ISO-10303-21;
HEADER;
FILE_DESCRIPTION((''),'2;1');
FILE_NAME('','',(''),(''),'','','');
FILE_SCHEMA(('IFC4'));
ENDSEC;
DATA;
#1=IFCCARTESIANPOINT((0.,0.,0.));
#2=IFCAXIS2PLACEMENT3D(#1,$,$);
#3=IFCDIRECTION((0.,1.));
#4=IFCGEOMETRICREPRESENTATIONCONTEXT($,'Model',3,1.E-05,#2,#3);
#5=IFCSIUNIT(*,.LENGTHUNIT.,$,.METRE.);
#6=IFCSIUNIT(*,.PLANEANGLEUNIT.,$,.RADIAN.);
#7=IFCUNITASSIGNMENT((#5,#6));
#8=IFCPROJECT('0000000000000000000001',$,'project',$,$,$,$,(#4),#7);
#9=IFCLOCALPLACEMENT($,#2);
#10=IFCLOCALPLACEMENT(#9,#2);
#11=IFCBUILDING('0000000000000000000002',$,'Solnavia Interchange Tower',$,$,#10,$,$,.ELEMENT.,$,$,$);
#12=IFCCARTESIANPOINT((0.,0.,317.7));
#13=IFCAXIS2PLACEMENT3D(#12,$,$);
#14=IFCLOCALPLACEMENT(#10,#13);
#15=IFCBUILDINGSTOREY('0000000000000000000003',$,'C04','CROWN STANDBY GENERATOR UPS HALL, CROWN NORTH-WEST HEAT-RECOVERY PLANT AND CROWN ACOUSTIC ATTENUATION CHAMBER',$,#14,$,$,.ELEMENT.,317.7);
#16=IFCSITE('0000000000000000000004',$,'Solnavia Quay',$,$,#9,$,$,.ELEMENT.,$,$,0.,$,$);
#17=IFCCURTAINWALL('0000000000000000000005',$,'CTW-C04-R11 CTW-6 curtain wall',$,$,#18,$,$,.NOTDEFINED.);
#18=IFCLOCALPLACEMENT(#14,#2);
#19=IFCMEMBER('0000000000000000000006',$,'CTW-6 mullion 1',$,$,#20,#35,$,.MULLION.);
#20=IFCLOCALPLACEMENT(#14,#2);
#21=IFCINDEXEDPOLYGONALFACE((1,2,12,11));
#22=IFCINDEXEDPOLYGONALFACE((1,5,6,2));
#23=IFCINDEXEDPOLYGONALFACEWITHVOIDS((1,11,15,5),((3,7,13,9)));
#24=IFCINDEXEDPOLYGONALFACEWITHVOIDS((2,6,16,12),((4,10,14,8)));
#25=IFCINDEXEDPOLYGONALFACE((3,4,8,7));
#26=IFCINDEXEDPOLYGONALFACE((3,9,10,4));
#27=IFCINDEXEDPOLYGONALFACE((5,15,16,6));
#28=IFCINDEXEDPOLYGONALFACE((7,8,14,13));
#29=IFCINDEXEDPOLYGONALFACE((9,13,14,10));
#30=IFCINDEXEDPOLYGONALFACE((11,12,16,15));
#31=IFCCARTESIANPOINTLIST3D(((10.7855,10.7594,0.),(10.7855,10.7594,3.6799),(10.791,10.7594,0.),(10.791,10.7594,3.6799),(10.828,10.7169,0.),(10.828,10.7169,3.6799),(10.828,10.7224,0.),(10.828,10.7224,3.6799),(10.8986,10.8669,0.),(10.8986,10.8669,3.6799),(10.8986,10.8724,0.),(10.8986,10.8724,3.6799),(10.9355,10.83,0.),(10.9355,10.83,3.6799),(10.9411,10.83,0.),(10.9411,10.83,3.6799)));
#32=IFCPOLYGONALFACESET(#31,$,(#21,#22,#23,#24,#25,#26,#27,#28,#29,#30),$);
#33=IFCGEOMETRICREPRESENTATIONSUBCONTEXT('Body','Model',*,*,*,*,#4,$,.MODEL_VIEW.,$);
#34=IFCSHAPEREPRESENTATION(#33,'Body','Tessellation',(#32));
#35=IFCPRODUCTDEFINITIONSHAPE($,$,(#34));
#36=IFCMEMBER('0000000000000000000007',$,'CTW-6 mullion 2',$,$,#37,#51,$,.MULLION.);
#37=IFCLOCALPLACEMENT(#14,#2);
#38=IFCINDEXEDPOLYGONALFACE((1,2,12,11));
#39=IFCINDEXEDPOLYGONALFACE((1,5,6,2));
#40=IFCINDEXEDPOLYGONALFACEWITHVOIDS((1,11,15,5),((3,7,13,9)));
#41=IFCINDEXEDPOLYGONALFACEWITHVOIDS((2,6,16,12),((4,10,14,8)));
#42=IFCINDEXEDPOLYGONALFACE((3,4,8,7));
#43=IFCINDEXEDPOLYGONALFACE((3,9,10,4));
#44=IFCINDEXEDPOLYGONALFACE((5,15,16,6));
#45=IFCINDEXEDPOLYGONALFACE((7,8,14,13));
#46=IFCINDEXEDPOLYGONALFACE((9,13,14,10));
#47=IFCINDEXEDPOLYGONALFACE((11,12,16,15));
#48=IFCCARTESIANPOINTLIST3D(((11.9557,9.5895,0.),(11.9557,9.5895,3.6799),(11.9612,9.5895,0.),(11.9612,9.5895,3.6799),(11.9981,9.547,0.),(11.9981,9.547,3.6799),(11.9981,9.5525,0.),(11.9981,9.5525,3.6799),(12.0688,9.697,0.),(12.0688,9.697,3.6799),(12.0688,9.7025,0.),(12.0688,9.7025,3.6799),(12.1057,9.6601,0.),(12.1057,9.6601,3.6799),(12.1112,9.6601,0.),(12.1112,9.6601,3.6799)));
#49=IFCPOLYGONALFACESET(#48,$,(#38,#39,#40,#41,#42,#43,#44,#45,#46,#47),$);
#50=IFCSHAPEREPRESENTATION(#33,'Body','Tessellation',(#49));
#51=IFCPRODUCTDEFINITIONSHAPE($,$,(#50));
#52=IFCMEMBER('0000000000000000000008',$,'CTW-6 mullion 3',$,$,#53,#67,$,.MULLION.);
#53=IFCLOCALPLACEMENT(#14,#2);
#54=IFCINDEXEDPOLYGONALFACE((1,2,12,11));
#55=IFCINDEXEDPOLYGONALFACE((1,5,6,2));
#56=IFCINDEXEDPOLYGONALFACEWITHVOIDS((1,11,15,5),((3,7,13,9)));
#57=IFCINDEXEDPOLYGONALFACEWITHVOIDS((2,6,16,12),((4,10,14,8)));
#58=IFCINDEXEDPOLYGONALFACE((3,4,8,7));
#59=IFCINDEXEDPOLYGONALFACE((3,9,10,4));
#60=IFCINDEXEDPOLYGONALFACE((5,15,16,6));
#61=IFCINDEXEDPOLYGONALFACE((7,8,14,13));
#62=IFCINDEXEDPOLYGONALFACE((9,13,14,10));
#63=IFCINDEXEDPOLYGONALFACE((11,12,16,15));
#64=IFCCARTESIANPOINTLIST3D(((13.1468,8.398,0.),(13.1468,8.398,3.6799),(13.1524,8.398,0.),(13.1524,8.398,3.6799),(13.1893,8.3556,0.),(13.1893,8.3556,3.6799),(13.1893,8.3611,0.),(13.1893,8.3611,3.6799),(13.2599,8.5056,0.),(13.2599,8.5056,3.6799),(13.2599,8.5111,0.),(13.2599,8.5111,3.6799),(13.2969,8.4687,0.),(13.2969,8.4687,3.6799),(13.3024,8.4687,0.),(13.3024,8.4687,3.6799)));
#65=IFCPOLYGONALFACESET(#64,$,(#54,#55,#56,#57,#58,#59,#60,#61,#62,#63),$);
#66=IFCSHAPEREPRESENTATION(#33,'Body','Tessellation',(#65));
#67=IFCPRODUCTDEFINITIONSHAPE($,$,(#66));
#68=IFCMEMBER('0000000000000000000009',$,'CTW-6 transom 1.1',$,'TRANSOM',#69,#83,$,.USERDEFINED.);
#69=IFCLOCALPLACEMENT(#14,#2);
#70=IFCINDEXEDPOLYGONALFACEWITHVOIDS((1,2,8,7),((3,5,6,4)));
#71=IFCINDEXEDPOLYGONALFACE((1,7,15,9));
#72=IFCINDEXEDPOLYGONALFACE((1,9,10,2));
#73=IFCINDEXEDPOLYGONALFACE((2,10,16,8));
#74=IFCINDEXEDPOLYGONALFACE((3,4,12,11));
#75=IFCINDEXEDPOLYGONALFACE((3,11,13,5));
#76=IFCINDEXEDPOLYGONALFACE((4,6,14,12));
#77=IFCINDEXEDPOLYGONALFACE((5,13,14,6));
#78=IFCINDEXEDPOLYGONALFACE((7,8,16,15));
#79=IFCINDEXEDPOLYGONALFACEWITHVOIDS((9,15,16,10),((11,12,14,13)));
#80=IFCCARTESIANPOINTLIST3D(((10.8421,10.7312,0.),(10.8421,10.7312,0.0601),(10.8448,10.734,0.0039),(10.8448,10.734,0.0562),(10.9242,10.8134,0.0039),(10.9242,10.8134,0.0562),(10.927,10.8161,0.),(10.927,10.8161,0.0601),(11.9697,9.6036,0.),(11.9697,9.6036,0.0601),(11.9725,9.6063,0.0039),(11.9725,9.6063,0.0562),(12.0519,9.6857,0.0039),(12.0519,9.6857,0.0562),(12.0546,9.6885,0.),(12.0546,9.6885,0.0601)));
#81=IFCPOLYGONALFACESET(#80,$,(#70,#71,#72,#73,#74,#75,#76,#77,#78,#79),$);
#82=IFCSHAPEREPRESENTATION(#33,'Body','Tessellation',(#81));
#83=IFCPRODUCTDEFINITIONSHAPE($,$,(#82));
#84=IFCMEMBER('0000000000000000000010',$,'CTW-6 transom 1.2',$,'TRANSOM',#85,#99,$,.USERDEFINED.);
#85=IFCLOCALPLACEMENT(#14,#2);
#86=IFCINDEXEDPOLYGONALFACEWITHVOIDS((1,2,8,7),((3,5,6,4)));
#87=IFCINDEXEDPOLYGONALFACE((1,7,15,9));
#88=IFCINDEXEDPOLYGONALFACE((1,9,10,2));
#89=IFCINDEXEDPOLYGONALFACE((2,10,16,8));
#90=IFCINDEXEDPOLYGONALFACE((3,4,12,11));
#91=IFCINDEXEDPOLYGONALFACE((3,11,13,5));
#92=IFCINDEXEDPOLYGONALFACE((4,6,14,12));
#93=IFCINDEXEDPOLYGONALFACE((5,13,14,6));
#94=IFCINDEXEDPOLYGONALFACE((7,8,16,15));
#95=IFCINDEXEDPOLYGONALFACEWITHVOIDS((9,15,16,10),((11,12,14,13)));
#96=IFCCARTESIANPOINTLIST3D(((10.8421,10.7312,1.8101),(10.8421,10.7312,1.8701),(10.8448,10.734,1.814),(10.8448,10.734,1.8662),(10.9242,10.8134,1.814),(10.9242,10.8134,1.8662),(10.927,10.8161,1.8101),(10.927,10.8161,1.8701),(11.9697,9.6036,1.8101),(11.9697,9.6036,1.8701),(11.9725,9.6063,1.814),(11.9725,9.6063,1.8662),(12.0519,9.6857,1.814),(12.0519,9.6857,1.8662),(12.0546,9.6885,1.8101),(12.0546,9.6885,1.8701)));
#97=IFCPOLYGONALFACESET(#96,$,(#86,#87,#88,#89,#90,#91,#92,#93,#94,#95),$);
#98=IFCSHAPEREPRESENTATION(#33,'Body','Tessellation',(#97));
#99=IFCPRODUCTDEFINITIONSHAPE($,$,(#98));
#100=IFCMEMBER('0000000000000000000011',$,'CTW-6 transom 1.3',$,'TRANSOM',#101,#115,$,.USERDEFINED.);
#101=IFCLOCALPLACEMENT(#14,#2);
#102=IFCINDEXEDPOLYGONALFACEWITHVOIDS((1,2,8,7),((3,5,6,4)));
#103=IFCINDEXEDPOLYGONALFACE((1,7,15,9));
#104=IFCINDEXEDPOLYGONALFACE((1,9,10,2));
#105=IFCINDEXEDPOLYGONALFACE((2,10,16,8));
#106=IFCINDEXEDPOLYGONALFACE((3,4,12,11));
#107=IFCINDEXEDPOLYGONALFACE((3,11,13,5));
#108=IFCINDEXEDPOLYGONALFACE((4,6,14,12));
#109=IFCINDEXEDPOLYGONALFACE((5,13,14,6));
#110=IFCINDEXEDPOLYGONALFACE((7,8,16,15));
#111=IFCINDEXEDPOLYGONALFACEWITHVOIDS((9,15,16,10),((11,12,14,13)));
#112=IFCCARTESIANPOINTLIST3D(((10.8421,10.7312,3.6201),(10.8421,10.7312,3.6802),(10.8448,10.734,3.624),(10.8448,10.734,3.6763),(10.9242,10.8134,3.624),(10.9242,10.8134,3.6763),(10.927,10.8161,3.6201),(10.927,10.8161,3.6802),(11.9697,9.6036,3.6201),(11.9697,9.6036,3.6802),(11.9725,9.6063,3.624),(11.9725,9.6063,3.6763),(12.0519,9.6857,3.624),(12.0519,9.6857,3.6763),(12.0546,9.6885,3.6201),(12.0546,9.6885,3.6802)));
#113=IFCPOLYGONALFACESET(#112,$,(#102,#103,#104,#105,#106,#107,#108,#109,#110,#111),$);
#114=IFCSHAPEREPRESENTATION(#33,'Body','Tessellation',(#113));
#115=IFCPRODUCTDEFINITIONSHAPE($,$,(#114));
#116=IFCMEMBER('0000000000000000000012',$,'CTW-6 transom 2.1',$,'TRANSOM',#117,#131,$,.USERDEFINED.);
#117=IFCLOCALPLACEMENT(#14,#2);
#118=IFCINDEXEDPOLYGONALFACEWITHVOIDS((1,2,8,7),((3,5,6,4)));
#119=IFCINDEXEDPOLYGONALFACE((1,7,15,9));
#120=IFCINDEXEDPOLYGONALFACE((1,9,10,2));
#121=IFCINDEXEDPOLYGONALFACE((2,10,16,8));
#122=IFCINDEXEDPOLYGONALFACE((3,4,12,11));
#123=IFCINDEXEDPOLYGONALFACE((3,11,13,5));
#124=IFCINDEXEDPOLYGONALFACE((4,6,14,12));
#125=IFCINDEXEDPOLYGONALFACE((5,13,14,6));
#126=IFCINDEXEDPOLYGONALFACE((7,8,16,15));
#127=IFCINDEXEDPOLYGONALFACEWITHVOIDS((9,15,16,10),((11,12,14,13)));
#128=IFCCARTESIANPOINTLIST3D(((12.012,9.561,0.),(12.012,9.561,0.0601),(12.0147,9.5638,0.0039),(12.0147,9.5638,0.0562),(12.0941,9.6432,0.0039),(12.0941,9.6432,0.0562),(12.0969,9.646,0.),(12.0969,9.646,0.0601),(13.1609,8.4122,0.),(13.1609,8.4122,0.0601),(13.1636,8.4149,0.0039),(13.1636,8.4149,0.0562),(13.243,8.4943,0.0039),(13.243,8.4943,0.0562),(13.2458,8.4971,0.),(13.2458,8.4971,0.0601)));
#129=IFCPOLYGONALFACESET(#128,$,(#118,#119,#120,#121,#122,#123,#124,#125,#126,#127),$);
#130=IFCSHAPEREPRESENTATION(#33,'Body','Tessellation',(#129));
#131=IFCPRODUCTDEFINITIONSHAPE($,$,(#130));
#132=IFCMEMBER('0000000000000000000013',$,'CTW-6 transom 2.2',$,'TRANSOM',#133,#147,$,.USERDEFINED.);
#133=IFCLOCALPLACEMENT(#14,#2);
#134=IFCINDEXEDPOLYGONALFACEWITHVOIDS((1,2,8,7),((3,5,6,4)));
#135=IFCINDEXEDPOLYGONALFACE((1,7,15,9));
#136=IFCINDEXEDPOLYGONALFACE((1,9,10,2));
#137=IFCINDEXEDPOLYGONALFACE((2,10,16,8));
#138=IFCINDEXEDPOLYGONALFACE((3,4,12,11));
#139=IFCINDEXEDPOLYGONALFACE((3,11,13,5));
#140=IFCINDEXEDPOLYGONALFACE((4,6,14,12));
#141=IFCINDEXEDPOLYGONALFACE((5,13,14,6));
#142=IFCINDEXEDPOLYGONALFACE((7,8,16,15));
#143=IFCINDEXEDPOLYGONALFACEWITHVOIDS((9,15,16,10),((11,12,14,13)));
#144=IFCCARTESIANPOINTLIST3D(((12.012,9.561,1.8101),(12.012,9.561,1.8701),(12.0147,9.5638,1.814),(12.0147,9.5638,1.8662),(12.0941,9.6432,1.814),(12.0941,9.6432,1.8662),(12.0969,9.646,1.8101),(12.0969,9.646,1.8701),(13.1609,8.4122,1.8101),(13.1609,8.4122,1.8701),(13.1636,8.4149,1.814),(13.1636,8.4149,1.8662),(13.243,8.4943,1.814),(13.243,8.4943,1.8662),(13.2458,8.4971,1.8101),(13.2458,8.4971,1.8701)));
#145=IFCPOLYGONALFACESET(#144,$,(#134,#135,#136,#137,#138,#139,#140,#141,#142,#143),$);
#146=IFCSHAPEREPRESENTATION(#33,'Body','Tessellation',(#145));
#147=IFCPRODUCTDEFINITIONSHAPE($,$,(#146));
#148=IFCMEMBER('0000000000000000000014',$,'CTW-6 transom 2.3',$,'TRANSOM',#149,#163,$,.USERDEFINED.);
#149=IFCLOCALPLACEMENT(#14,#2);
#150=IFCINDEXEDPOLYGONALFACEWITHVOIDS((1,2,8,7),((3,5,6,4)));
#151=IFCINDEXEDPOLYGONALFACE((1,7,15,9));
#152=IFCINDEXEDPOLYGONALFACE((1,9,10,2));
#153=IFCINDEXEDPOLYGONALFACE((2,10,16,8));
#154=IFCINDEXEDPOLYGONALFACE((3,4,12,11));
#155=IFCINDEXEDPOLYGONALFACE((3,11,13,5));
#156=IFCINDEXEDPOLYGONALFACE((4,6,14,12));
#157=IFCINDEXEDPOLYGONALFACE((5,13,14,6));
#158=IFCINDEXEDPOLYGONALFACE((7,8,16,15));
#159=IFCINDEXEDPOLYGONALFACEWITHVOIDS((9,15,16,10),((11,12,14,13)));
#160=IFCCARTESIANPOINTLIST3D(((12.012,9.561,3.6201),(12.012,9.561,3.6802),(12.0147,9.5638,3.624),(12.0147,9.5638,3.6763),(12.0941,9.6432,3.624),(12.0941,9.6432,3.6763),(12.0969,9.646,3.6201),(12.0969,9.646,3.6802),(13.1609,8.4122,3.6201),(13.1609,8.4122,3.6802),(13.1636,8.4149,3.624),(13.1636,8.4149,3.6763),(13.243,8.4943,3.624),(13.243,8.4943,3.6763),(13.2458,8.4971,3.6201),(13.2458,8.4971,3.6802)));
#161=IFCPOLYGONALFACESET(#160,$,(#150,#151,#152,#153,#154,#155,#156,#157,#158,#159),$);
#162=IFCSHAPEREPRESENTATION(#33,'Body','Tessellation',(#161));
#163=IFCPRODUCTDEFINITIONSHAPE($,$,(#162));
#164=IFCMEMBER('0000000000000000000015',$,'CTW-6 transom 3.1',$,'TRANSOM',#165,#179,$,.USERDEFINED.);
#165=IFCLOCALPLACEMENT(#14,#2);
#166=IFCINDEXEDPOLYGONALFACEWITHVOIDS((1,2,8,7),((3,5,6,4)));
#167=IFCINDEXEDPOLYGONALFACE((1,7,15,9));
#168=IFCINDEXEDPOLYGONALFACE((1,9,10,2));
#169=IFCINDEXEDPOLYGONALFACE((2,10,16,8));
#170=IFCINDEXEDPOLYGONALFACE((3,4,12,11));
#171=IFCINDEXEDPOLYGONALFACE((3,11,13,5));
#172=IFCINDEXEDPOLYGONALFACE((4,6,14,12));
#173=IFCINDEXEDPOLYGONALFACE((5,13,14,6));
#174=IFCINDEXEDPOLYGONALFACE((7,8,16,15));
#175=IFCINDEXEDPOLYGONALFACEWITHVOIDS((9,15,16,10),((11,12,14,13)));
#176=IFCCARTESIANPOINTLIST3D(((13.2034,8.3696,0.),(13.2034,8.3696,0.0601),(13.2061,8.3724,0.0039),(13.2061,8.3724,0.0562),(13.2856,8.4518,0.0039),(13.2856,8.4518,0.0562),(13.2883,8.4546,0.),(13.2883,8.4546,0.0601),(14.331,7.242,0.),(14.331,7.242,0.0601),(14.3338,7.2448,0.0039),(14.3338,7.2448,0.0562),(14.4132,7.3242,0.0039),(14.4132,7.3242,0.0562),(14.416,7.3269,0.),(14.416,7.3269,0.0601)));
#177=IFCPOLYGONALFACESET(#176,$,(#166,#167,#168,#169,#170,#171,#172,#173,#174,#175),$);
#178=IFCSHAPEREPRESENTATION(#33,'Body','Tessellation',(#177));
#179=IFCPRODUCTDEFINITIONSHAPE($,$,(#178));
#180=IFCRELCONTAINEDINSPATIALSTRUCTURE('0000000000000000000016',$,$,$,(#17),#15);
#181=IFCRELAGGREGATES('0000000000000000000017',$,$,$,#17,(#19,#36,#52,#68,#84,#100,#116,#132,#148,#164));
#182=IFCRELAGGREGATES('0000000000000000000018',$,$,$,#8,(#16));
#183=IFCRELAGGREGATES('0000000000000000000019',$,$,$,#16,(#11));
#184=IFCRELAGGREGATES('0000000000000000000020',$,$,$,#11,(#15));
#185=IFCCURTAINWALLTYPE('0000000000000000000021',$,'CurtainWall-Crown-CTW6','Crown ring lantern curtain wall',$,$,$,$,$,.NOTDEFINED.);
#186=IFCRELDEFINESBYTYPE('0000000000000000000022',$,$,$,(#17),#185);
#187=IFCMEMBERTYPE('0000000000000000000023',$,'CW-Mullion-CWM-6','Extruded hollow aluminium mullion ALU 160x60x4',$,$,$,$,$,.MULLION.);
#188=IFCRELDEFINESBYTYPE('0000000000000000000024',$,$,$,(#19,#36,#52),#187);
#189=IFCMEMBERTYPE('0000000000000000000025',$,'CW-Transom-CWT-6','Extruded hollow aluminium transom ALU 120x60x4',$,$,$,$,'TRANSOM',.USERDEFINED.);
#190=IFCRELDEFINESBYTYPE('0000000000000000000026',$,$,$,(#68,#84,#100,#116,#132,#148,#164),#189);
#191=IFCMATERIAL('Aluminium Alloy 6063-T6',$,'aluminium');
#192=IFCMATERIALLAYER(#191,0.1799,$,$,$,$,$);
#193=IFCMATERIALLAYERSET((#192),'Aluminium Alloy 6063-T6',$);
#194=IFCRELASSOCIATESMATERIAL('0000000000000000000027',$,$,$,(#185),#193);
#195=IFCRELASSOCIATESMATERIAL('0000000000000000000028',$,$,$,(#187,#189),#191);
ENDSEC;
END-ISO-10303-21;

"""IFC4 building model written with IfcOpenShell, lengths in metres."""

from ifc_helpers import new_model, si_unit, direction, frame, origin, origin_2d, place, context, subcontext, project, spatial, hollow_rectangle, extrude, material, layer, layer_set, material_profile, profile_set, type_object, element, aggregate, save


model = new_model("IFC4")

# Units and contexts
model_context = context("Model", 3, precision=1e-05, world=origin(), true_north=direction((0.0, 1.0)))
body_context = subcontext(model_context, "Body", "Model", "MODEL_VIEW")
ifc_project = project(units=[si_unit("LENGTHUNIT", "METRE"), si_unit("PLANEANGLEUNIT", "RADIAN")], contexts=[model_context])

# Site, building, storey
site_placement = place(None, origin())
site = spatial("IfcSite", under=ifc_project, at=site_placement, Name="Solnavia Quay", CompositionType="ELEMENT", RefElevation=0.0)
building_placement = place(site_placement, origin())
building = spatial("IfcBuilding", under=site, at=building_placement, Name="Solnavia Interchange Tower", CompositionType="ELEMENT")
storey_placement = place(building_placement, frame((0.0, 0.0, 317.7)))
storey = spatial("IfcBuildingStorey", under=building, at=storey_placement, Name="C04", Description="CROWN STANDBY GENERATOR UPS HALL, CROWN NORTH-WEST HEAT-RECOVERY PLANT AND CROWN ACOUSTIC ATTENUATION CHAMBER", CompositionType="ELEMENT", Elevation=317.7)

# Curtain wall, members
ifc_material_1 = material(Name="Aluminium Alloy 6063-T6", Category="aluminium")
ifc_layer_1 = layer(ifc_material_1, 0.1799)
ifc_layer_set_1 = layer_set([ifc_layer_1], Name="Aluminium Alloy 6063-T6")
curtain_wall_type = type_object("IfcCurtainWallType", Name="CurtainWall-Crown-CTW6", Description="Crown ring lantern curtain wall", PredefinedType="NOTDEFINED", material=ifc_layer_set_1)
curtain_wall_placement = place(storey_placement, origin())
curtain_wall = element("IfcCurtainWall", 1, at=curtain_wall_placement, inside=storey, type_object=curtain_wall_type, Name="CTW-C04-R11 CTW-6 curtain wall", PredefinedType="NOTDEFINED")
ifc_material_profile_1 = material_profile(ifc_material_1, hollow_rectangle(XDim=0.0601, YDim=0.1599, WallThickness=0.0039, at=origin_2d()), Name="ALU 160x60x4")
ifc_profile_set_1 = profile_set([ifc_material_profile_1], Name="Aluminium Alloy 6063-T6")
member_type_1 = type_object("IfcMemberType", Name="CW-Mullion-CWM-6", Description="Extruded hollow aluminium mullion ALU 160x60x4", PredefinedType="MULLION", material=ifc_profile_set_1)
member_1_placement = place(storey_placement, frame((10.8633, 10.7947, 0.0), z_axis=(0.0, 0.0, 1.0), x_axis=(0.707107, -0.707107, 0.0)))
member_1 = element("IfcMember", 2, at=member_1_placement, type_object=member_type_1, Name="CTW-6 mullion 1", PredefinedType="MULLION", context=body_context, shape_type="SweptSolid", body=[
    extrude(hollow_rectangle(XDim=0.0601, YDim=0.1599, WallThickness=0.0039, at=origin_2d()), origin(), (0.0, 0.0, 1.0), 3.6799),
])
member_2_placement = place(storey_placement, frame((12.0334, 9.6248, 0.0), z_axis=(0.0, 0.0, 1.0), x_axis=(0.707107, -0.707107, 0.0)))
member_2 = element("IfcMember", 3, at=member_2_placement, type_object=member_type_1, Name="CTW-6 mullion 2", PredefinedType="MULLION", context=body_context, shape_type="SweptSolid", body=[
    extrude(hollow_rectangle(XDim=0.0601, YDim=0.1599, WallThickness=0.0039, at=origin_2d()), origin(), (0.0, 0.0, 1.0), 3.6799),
])
member_3_placement = place(storey_placement, frame((13.2246, 8.4333, 0.0), z_axis=(0.0, 0.0, 1.0), x_axis=(0.707107, -0.707107, 0.0)))
member_3 = element("IfcMember", 4, at=member_3_placement, type_object=member_type_1, Name="CTW-6 mullion 3", PredefinedType="MULLION", context=body_context, shape_type="SweptSolid", body=[
    extrude(hollow_rectangle(XDim=0.0601, YDim=0.1599, WallThickness=0.0039, at=origin_2d()), origin(), (0.0, 0.0, 1.0), 3.6799),
])
ifc_material_profile_2 = material_profile(ifc_material_1, hollow_rectangle(XDim=0.0601, YDim=0.1201, WallThickness=0.0039, at=origin_2d()), Name="ALU 120x60x4")
ifc_profile_set_2 = profile_set([ifc_material_profile_2], Name="Aluminium Alloy 6063-T6")
member_type_2 = type_object("IfcMemberType", Name="CW-Transom-CWT-6", Description="Extruded hollow aluminium transom ALU 120x60x4", ElementType="TRANSOM", PredefinedType="USERDEFINED", material=ifc_profile_set_2)
member_4_placement = place(storey_placement, frame((10.8845, 10.7737, 0.03), z_axis=(0.707107, -0.707107, 0.0), x_axis=(0.0, 0.0, 1.0)))
member_4 = element("IfcMember", 5, at=member_4_placement, type_object=member_type_2, Name="CTW-6 transom 1.1", ObjectType="TRANSOM", PredefinedType="USERDEFINED", context=body_context, shape_type="SweptSolid", body=[
    extrude(hollow_rectangle(XDim=0.0601, YDim=0.1201, WallThickness=0.0039, at=origin_2d()), origin(), (0.0, 0.0, 1.0), 1.5947),
])
member_5_placement = place(storey_placement, frame((10.8845, 10.7737, 1.8401), z_axis=(0.707107, -0.707107, 0.0), x_axis=(0.0, 0.0, 1.0)))
member_5 = element("IfcMember", 6, at=member_5_placement, type_object=member_type_2, Name="CTW-6 transom 1.2", ObjectType="TRANSOM", PredefinedType="USERDEFINED", context=body_context, shape_type="SweptSolid", body=[
    extrude(hollow_rectangle(XDim=0.0601, YDim=0.1201, WallThickness=0.0039, at=origin_2d()), origin(), (0.0, 0.0, 1.0), 1.5947),
])
member_6_placement = place(storey_placement, frame((10.8845, 10.7737, 3.6501), z_axis=(0.707107, -0.707107, 0.0), x_axis=(0.0, 0.0, 1.0)))
member_6 = element("IfcMember", 7, at=member_6_placement, type_object=member_type_2, Name="CTW-6 transom 1.3", ObjectType="TRANSOM", PredefinedType="USERDEFINED", context=body_context, shape_type="SweptSolid", body=[
    extrude(hollow_rectangle(XDim=0.0601, YDim=0.1201, WallThickness=0.0039, at=origin_2d()), origin(), (0.0, 0.0, 1.0), 1.5947),
])
member_7_placement = place(storey_placement, frame((12.0544, 9.6035, 0.03), z_axis=(0.707107, -0.707107, 0.0), x_axis=(0.0, 0.0, 1.0)))
member_7 = element("IfcMember", 8, at=member_7_placement, type_object=member_type_2, Name="CTW-6 transom 2.1", ObjectType="TRANSOM", PredefinedType="USERDEFINED", context=body_context, shape_type="SweptSolid", body=[
    extrude(hollow_rectangle(XDim=0.0601, YDim=0.1201, WallThickness=0.0039, at=origin_2d()), origin(), (0.0, 0.0, 1.0), 1.6248),
])
member_8_placement = place(storey_placement, frame((12.0544, 9.6035, 1.8401), z_axis=(0.707107, -0.707107, 0.0), x_axis=(0.0, 0.0, 1.0)))
member_8 = element("IfcMember", 9, at=member_8_placement, type_object=member_type_2, Name="CTW-6 transom 2.2", ObjectType="TRANSOM", PredefinedType="USERDEFINED", context=body_context, shape_type="SweptSolid", body=[
    extrude(hollow_rectangle(XDim=0.0601, YDim=0.1201, WallThickness=0.0039, at=origin_2d()), origin(), (0.0, 0.0, 1.0), 1.6248),
])
member_9_placement = place(storey_placement, frame((12.0544, 9.6035, 3.6501), z_axis=(0.707107, -0.707107, 0.0), x_axis=(0.0, 0.0, 1.0)))
member_9 = element("IfcMember", 10, at=member_9_placement, type_object=member_type_2, Name="CTW-6 transom 2.3", ObjectType="TRANSOM", PredefinedType="USERDEFINED", context=body_context, shape_type="SweptSolid", body=[
    extrude(hollow_rectangle(XDim=0.0601, YDim=0.1201, WallThickness=0.0039, at=origin_2d()), origin(), (0.0, 0.0, 1.0), 1.6248),
])
member_10_placement = place(storey_placement, frame((13.2458, 8.4121, 0.03), z_axis=(0.707107, -0.707107, 0.0), x_axis=(0.0, 0.0, 1.0)))
member_10 = element("IfcMember", 11, at=member_10_placement, type_object=member_type_2, Name="CTW-6 transom 3.1", ObjectType="TRANSOM", PredefinedType="USERDEFINED", context=body_context, shape_type="SweptSolid", body=[
    extrude(hollow_rectangle(XDim=0.0601, YDim=0.1201, WallThickness=0.0039, at=origin_2d()), origin(), (0.0, 0.0, 1.0), 1.5947),
])

aggregate(curtain_wall, [member_1, member_2, member_3, member_4, member_5, member_6, member_7, member_8, member_9, member_10])

save(model, "model.ifc")
